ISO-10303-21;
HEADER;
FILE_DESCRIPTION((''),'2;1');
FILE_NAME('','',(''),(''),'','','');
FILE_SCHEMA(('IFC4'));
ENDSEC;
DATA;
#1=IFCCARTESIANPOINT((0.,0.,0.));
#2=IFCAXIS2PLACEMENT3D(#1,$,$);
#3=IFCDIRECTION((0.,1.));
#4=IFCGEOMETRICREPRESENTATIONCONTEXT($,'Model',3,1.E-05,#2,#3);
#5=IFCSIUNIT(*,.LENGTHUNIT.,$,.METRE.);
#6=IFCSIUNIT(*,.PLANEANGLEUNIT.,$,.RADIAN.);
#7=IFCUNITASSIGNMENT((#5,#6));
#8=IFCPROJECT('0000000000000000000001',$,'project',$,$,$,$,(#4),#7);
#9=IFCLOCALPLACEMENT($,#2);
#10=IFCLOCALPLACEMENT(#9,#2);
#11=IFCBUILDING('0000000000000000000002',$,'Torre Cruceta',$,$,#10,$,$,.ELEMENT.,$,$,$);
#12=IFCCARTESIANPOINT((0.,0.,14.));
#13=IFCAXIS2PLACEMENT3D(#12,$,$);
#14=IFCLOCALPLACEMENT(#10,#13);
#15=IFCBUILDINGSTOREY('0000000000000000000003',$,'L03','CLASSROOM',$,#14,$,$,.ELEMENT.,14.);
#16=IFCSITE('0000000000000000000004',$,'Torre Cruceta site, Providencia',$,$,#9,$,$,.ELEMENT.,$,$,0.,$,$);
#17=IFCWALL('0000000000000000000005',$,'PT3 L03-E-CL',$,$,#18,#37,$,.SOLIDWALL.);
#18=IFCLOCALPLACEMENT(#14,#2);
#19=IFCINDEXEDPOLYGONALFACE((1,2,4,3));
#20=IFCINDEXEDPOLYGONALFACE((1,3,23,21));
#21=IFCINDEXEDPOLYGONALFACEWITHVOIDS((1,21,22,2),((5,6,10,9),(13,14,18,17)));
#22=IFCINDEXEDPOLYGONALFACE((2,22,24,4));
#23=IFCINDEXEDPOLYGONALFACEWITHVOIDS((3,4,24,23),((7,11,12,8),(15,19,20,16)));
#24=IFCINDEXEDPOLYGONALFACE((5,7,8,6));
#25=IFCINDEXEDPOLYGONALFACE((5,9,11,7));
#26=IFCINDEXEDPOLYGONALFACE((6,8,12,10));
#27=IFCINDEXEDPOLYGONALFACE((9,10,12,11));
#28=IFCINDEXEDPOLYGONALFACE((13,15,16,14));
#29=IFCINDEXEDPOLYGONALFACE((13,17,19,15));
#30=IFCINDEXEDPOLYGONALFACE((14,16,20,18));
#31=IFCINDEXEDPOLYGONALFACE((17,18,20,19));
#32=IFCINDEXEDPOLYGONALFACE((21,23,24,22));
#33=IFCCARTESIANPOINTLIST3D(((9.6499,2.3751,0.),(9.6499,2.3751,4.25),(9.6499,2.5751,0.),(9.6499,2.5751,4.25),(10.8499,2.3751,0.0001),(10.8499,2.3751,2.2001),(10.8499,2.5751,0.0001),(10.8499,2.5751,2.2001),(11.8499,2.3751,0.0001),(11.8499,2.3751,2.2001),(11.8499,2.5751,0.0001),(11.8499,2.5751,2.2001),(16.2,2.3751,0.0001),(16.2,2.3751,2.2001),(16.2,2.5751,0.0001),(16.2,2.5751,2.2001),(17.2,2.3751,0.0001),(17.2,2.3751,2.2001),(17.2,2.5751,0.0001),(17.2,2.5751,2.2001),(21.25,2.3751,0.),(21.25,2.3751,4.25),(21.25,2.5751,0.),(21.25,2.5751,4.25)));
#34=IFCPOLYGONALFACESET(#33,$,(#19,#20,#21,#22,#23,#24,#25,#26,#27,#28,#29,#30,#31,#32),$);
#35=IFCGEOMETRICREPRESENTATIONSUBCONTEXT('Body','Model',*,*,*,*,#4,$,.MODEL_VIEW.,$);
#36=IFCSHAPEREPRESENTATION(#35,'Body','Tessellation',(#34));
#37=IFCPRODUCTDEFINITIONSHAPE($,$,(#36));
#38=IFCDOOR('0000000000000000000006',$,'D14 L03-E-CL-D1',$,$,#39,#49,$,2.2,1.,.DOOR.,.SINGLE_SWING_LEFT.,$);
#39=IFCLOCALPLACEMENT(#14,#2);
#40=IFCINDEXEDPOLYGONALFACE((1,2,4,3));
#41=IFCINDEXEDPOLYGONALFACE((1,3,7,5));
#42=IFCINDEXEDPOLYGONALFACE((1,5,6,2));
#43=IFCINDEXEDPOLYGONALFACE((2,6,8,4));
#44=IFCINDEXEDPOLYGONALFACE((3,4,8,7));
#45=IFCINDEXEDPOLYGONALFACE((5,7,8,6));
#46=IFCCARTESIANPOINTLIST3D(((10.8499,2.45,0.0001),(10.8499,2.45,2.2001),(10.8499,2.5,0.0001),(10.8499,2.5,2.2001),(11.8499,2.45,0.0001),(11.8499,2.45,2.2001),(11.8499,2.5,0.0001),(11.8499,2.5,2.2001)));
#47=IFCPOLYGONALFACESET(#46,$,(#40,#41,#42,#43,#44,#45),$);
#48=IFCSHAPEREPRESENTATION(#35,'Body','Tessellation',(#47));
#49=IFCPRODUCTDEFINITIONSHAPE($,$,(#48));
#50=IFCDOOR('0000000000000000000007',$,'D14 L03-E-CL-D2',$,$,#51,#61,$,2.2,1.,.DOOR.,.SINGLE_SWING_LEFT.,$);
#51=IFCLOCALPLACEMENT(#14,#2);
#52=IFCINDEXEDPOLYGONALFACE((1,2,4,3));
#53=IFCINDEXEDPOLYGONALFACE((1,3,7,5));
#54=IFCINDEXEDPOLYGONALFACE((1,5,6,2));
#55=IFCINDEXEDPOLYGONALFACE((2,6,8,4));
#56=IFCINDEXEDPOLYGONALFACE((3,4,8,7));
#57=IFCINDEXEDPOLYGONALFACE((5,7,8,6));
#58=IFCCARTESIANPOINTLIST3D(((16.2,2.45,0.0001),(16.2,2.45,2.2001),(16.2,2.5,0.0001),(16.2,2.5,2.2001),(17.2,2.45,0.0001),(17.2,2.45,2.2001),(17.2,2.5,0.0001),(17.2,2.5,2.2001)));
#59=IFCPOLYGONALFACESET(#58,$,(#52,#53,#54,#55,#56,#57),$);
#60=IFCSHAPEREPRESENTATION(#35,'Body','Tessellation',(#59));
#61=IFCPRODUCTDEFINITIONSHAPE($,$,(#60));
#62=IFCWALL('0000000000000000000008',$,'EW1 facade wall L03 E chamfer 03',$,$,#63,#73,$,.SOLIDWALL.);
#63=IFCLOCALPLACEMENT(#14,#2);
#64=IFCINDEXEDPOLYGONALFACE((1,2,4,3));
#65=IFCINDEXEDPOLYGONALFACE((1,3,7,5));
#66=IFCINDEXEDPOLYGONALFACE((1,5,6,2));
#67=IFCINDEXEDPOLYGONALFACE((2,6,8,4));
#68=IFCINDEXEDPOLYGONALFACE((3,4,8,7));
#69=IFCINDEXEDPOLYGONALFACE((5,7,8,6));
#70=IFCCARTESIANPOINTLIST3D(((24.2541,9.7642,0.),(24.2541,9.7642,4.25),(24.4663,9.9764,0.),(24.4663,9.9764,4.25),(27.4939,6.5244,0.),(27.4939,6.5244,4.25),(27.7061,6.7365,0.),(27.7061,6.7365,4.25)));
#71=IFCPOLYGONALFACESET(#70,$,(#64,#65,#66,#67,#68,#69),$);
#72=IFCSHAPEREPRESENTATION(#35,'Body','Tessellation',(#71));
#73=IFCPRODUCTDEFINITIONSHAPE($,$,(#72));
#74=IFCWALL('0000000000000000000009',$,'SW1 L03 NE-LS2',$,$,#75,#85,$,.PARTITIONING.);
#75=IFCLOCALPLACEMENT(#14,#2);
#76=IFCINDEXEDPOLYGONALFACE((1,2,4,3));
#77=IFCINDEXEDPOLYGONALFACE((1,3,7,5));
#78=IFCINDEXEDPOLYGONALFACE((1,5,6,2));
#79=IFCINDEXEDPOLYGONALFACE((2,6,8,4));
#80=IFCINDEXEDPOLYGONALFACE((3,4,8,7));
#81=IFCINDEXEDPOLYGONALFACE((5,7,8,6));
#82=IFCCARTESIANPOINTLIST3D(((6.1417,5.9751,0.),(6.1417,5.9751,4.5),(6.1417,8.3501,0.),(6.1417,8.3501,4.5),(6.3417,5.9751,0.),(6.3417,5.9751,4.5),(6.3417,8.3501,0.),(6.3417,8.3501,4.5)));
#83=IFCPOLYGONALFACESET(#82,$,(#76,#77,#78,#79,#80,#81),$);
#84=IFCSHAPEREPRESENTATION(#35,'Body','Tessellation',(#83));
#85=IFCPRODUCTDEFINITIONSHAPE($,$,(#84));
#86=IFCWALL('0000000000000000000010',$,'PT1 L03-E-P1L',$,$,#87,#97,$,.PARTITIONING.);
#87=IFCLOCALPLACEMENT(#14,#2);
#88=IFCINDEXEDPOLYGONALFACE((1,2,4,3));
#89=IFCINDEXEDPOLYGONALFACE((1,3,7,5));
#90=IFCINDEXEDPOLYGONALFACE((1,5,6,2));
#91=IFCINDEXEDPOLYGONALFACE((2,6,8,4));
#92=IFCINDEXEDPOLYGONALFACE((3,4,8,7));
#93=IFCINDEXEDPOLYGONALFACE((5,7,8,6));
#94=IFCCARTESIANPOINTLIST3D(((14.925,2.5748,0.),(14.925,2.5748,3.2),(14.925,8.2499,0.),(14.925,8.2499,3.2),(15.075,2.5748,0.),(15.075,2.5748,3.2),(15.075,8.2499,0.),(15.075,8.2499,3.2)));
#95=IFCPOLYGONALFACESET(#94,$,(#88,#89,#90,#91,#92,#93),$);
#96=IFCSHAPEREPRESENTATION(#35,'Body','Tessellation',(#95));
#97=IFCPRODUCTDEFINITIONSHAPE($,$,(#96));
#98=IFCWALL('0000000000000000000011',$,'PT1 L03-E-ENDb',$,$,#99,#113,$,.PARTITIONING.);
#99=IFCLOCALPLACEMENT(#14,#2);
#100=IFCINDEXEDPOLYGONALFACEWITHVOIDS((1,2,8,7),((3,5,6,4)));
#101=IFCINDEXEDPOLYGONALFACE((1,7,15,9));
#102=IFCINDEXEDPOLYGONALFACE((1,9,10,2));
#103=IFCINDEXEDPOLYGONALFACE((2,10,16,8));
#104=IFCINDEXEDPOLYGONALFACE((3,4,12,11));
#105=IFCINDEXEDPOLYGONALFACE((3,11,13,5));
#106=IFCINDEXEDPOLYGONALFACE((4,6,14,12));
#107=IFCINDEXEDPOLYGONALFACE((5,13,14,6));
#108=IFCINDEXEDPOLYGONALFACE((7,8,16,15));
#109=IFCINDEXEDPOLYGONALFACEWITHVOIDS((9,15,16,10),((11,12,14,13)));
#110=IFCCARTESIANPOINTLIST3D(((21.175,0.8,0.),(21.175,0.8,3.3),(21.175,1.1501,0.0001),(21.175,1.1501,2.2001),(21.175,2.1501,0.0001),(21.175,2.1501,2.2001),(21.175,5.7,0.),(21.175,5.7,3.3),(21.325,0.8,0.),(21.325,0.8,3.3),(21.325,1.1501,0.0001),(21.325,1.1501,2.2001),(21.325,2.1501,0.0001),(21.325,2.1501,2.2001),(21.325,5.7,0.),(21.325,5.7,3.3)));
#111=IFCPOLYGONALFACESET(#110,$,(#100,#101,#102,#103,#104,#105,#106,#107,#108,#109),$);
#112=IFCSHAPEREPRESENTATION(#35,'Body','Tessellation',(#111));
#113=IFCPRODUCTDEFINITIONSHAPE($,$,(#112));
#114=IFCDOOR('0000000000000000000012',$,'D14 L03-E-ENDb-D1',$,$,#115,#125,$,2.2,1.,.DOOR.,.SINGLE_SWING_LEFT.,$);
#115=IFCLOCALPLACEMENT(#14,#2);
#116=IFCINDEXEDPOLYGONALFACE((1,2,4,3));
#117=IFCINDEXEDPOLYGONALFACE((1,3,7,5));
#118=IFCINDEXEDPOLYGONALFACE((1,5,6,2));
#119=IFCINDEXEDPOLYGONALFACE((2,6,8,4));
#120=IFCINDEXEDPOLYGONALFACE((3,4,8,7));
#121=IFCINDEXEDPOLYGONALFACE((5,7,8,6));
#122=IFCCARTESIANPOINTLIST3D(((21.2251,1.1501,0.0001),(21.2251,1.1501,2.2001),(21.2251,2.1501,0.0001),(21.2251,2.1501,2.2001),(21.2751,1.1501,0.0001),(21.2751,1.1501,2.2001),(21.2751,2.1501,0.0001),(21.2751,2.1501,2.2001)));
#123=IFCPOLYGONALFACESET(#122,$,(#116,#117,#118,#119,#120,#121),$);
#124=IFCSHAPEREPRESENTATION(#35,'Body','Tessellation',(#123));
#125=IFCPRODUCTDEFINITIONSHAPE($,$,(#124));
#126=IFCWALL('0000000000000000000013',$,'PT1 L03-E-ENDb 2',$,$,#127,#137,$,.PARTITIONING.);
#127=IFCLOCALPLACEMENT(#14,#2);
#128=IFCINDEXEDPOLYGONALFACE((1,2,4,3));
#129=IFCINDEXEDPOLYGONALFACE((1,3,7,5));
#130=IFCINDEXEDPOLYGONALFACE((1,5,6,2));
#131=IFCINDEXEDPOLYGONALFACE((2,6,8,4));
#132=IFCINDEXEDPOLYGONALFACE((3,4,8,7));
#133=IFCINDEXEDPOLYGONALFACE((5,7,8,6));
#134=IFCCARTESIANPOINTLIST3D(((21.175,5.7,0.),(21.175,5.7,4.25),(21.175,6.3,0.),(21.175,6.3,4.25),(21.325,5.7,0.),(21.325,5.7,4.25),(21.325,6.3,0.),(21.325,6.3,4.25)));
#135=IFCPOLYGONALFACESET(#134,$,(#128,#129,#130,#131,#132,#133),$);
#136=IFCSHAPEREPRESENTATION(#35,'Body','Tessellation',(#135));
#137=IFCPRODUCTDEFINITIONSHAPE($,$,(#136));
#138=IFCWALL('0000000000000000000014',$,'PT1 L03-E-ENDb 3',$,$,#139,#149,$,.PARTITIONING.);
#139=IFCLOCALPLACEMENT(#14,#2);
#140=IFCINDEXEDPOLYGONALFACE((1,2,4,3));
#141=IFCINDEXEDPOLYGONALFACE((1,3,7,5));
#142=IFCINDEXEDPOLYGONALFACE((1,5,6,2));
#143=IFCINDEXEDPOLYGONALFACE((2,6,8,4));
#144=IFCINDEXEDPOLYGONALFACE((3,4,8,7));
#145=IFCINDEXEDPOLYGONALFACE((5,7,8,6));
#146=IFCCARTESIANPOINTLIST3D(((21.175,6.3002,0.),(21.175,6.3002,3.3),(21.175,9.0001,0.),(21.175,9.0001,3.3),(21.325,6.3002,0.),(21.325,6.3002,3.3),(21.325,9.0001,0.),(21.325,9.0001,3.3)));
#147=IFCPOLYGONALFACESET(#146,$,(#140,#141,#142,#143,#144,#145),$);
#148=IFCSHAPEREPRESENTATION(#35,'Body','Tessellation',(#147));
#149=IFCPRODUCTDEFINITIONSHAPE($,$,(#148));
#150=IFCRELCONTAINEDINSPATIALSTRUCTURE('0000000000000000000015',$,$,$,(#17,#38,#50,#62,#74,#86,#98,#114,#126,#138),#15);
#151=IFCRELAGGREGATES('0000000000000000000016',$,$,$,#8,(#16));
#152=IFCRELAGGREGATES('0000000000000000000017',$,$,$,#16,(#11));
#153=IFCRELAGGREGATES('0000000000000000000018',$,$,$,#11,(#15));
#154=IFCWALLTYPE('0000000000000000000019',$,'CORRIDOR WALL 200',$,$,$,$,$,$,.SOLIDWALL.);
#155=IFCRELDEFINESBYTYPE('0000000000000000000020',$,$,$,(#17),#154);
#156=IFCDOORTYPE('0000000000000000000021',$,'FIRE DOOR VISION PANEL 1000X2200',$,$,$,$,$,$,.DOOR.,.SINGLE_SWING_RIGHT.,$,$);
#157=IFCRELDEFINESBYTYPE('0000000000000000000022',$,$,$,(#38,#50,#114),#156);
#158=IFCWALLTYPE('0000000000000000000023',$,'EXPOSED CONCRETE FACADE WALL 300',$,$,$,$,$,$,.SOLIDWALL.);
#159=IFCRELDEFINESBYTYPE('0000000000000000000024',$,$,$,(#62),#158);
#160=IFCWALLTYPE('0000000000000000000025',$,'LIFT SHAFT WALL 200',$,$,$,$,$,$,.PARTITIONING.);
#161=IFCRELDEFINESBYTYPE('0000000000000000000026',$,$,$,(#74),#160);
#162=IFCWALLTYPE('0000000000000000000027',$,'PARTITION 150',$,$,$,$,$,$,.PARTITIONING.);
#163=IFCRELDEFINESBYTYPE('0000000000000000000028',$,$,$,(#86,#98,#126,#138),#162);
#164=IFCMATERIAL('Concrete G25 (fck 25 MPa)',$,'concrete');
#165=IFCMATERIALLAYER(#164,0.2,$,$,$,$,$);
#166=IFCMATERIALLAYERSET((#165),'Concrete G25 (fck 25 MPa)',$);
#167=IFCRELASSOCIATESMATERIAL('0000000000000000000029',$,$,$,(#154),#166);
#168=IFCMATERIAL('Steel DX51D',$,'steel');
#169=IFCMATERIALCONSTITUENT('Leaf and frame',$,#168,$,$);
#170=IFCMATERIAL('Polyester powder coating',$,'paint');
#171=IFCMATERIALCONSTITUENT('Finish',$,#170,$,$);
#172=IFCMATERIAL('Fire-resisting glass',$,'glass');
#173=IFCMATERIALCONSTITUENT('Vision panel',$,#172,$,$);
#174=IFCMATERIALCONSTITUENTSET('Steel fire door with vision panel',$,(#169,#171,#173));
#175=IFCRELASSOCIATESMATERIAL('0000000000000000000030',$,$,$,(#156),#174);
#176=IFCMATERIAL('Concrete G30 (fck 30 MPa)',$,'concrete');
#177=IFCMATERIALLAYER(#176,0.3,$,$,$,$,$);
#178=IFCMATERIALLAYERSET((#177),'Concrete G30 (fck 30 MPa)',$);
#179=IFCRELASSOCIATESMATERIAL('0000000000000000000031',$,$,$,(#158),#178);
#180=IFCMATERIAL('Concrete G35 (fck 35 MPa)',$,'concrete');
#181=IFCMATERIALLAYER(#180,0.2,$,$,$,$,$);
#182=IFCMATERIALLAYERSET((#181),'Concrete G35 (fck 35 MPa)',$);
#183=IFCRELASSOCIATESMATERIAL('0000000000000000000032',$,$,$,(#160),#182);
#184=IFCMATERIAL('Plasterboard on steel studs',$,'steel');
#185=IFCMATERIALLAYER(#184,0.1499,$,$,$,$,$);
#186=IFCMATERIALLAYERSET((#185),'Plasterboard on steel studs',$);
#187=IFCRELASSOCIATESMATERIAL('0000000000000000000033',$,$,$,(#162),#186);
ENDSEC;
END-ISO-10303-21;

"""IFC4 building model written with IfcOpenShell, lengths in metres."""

from ifc_helpers import new_model, si_unit, direction, frame, frame_2d, origin, place, context, subcontext, project, spatial, rectangle, extrude, material, layer, layer_set, constituent, constituent_set, type_object, element, fill, save


model = new_model("IFC4")

# Units and contexts
model_context = context("Model", 3, precision=1e-05, world=origin(), true_north=direction((0.0, 1.0)))
body_context = subcontext(model_context, "Body", "Model", "MODEL_VIEW")
ifc_project = project(units=[si_unit("LENGTHUNIT", "METRE"), si_unit("PLANEANGLEUNIT", "RADIAN")], contexts=[model_context])

# Site, building, storey
site_placement = place(None, origin())
site = spatial("IfcSite", under=ifc_project, at=site_placement, Name="Torre Cruceta site, Providencia", CompositionType="ELEMENT", RefElevation=0.0)
building_placement = place(site_placement, origin())
building = spatial("IfcBuilding", under=site, at=building_placement, Name="Torre Cruceta", CompositionType="ELEMENT")
storey_placement = place(building_placement, frame((0.0, 0.0, 14.0)))
storey = spatial("IfcBuildingStorey", under=building, at=storey_placement, Name="L03", Description="CLASSROOM", CompositionType="ELEMENT", Elevation=14.0)

# Wall, openings, doors
ifc_material_1 = material(Name="Concrete G25 (fck 25 MPa)", Category="concrete")
ifc_layer_1 = layer(ifc_material_1, 0.2)
ifc_layer_set_1 = layer_set([ifc_layer_1], Name="Concrete G25 (fck 25 MPa)")
wall_type_1 = type_object("IfcWallType", Name="CORRIDOR WALL 200", PredefinedType="SOLIDWALL", material=ifc_layer_set_1)
wall_1_placement = place(storey_placement, frame((9.6499, 2.4751, 0.0), z_axis=(0.0, 0.0, 1.0), x_axis=(1.0, 0.0, 0.0)))
wall_1 = element("IfcWall", 1, at=wall_1_placement, inside=storey, type_object=wall_type_1, Name="PT3 L03-E-CL", PredefinedType="SOLIDWALL", context=body_context, shape_type="SweptSolid", body=[
    extrude(rectangle(XDim=11.6001, YDim=0.2, at=frame_2d((5.8, 0.0))), origin(), (0.0, 0.0, 1.0), 4.25),
])
opening_1_placement = place(wall_1_placement, frame((1.2, 0.0, 0.0)))
opening_1 = element("IfcOpeningElement", 2, at=opening_1_placement, cuts=wall_1, PredefinedType="OPENING", context=body_context, shape_type="SweptSolid", body=[
    extrude(rectangle(XDim=1.0, YDim=2.2, at=frame_2d((0.5, 1.1001))), frame((0.0, 0.1099, 0.0), z_axis=(0.0, -1.0, 0.0), x_axis=(1.0, 0.0, 0.0)), (0.0, 0.0, 1.0), 0.22),
])
opening_2_placement = place(wall_1_placement, frame((6.55, 0.0, 0.0)))
opening_2 = element("IfcOpeningElement", 3, at=opening_2_placement, cuts=wall_1, PredefinedType="OPENING", context=body_context, shape_type="SweptSolid", body=[
    extrude(rectangle(XDim=1.0, YDim=2.2, at=frame_2d((0.5, 1.1001))), frame((0.0, 0.1099, 0.0), z_axis=(0.0, -1.0, 0.0), x_axis=(1.0, 0.0, 0.0)), (0.0, 0.0, 1.0), 0.22),
])
ifc_material_2 = material(Name="Steel DX51D", Category="steel")
ifc_constituent_1 = constituent(ifc_material_2, Name="Leaf and frame")
ifc_material_3 = material(Name="Polyester powder coating", Category="paint")
ifc_constituent_2 = constituent(ifc_material_3, Name="Finish")
ifc_material_4 = material(Name="Fire-resisting glass", Category="glass")
ifc_constituent_3 = constituent(ifc_material_4, Name="Vision panel")
ifc_constituent_set_1 = constituent_set(constituents=[ifc_constituent_1, ifc_constituent_2, ifc_constituent_3], Name="Steel fire door with vision panel")
door_type_1 = type_object("IfcDoorType", Name="FIRE DOOR VISION PANEL 1000X2200", OperationType="SINGLE_SWING_RIGHT", PredefinedType="DOOR", material=ifc_constituent_set_1)
door_1_placement = place(opening_1_placement, origin())
door_1 = element("IfcDoor", 4, at=door_1_placement, inside=storey, type_object=door_type_1, Name="D14 L03-E-CL-D1", OperationType="SINGLE_SWING_LEFT", OverallHeight=2.2, OverallWidth=1.0, PredefinedType="DOOR", context=body_context, shape_type="SweptSolid", body=[
    extrude(rectangle(XDim=1.0, YDim=2.2, at=frame_2d((0.5, 1.1001))), frame((0.0, 0.0249, 0.0), z_axis=(0.0, -1.0, 0.0), x_axis=(1.0, 0.0, 0.0)), (0.0, 0.0, 1.0), 0.05),
])
fill(opening_1, door_1)
door_2_placement = place(opening_2_placement, origin())
door_2 = element("IfcDoor", 5, at=door_2_placement, inside=storey, type_object=door_type_1, Name="D14 L03-E-CL-D2", OperationType="SINGLE_SWING_LEFT", OverallHeight=2.2, OverallWidth=1.0, PredefinedType="DOOR", context=body_context, shape_type="SweptSolid", body=[
    extrude(rectangle(XDim=1.0, YDim=2.2, at=frame_2d((0.5, 1.1001))), frame((0.0, 0.0249, 0.0), z_axis=(0.0, -1.0, 0.0), x_axis=(1.0, 0.0, 0.0)), (0.0, 0.0, 1.0), 0.05),
])
fill(opening_2, door_2)

# Walls
ifc_material_5 = material(Name="Concrete G30 (fck 30 MPa)", Category="concrete")
ifc_layer_2 = layer(ifc_material_5, 0.3)
ifc_layer_set_2 = layer_set([ifc_layer_2], Name="Concrete G30 (fck 30 MPa)")
wall_type_2 = type_object("IfcWallType", Name="EXPOSED CONCRETE FACADE WALL 300", PredefinedType="SOLIDWALL", material=ifc_layer_set_2)
wall_2_placement = place(storey_placement, frame((27.6001, 6.6304, 0.0), z_axis=(0.0, 0.0, 1.0), x_axis=(-0.707107, 0.707107, 0.0)))
element("IfcWall", 6, at=wall_2_placement, inside=storey, type_object=wall_type_2, Name="EW1 facade wall L03 E chamfer 03", PredefinedType="SOLIDWALL", context=body_context, shape_type="SweptSolid", body=[
    extrude(rectangle(XDim=4.5818, YDim=0.3, at=frame_2d((2.291, 0.0))), origin(), (0.0, 0.0, 1.0), 4.25),
])
ifc_material_6 = material(Name="Concrete G35 (fck 35 MPa)", Category="concrete")
ifc_layer_3 = layer(ifc_material_6, 0.2)
ifc_layer_set_3 = layer_set([ifc_layer_3], Name="Concrete G35 (fck 35 MPa)")
wall_type_3 = type_object("IfcWallType", Name="LIFT SHAFT WALL 200", PredefinedType="PARTITIONING", material=ifc_layer_set_3)
wall_3_placement = place(storey_placement, frame((6.2417, 5.9751, 0.0), z_axis=(0.0, 0.0, 1.0), x_axis=(0.0, 1.0, 0.0)))
element("IfcWall", 7, at=wall_3_placement, inside=storey, type_object=wall_type_3, Name="SW1 L03 NE-LS2", PredefinedType="PARTITIONING", context=body_context, shape_type="SweptSolid", body=[
    extrude(rectangle(XDim=2.375, YDim=0.2, at=frame_2d((1.1875, 0.0))), origin(), (0.0, 0.0, 1.0), 4.5),
])
ifc_material_7 = material(Name="Plasterboard on steel studs", Category="steel")
ifc_layer_4 = layer(ifc_material_7, 0.1499)
ifc_layer_set_4 = layer_set([ifc_layer_4], Name="Plasterboard on steel studs")
wall_type_4 = type_object("IfcWallType", Name="PARTITION 150", PredefinedType="PARTITIONING", material=ifc_layer_set_4)
wall_4_placement = place(storey_placement, frame((15.0, 2.575, 0.0), z_axis=(0.0, 0.0, 1.0), x_axis=(0.0, 1.0, 0.0)))
element("IfcWall", 8, at=wall_4_placement, inside=storey, type_object=wall_type_4, Name="PT1 L03-E-P1L", PredefinedType="PARTITIONING", context=body_context, shape_type="SweptSolid", body=[
    extrude(rectangle(XDim=5.675, YDim=0.1499, at=frame_2d((2.8374, 0.0))), origin(), (0.0, 0.0, 1.0), 3.2),
])

# Wall, opening, door
wall_5_placement = place(storey_placement, frame((21.25, 0.8, 0.0), z_axis=(0.0, 0.0, 1.0), x_axis=(0.0, 1.0, 0.0)))
wall_5 = element("IfcWall", 9, at=wall_5_placement, inside=storey, type_object=wall_type_4, Name="PT1 L03-E-ENDb", PredefinedType="PARTITIONING", context=body_context, shape_type="SweptSolid", body=[
    extrude(rectangle(XDim=4.8999, YDim=0.1499, at=frame_2d((2.45, 0.0))), origin(), (0.0, 0.0, 1.0), 3.3),
])
opening_3_placement = place(wall_5_placement, frame((0.3501, 0.0, 0.0)))
opening_3 = element("IfcOpeningElement", 10, at=opening_3_placement, cuts=wall_5, PredefinedType="OPENING", context=body_context, shape_type="SweptSolid", body=[
    extrude(rectangle(XDim=1.0, YDim=2.2, at=frame_2d((0.5, 1.1001))), frame((0.0, 0.085, 0.0), z_axis=(0.0, -1.0, 0.0), x_axis=(1.0, 0.0, 0.0)), (0.0, 0.0, 1.0), 0.1699),
])
door_3_placement = place(opening_3_placement, frame((1.0, 0.0, 0.0), z_axis=(0.0, 0.0, 1.0), x_axis=(-1.0, 0.0, 0.0)))
door_3 = element("IfcDoor", 11, at=door_3_placement, inside=storey, type_object=door_type_1, Name="D14 L03-E-ENDb-D1", OperationType="SINGLE_SWING_LEFT", OverallHeight=2.2, OverallWidth=1.0, PredefinedType="DOOR", context=body_context, shape_type="SweptSolid", body=[
    extrude(rectangle(XDim=1.0, YDim=2.2, at=frame_2d((0.5, 1.1001))), frame((0.0, 0.0251, 0.0), z_axis=(0.0, -1.0, 0.0), x_axis=(1.0, 0.0, 0.0)), (0.0, 0.0, 1.0), 0.05),
])
fill(opening_3, door_3)

# Walls
wall_6_placement = place(storey_placement, frame((21.25, 5.7, 0.0), z_axis=(0.0, 0.0, 1.0), x_axis=(0.0, 1.0, 0.0)))
element("IfcWall", 12, at=wall_6_placement, inside=storey, type_object=wall_type_4, Name="PT1 L03-E-ENDb 2", PredefinedType="PARTITIONING", context=body_context, shape_type="SweptSolid", body=[
    extrude(rectangle(XDim=0.6001, YDim=0.1499, at=frame_2d((0.3, 0.0))), origin(), (0.0, 0.0, 1.0), 4.25),
])
wall_7_placement = place(storey_placement, frame((21.25, 6.3, 0.0), z_axis=(0.0, 0.0, 1.0), x_axis=(0.0, 1.0, 0.0)))
element("IfcWall", 13, at=wall_7_placement, inside=storey, type_object=wall_type_4, Name="PT1 L03-E-ENDb 3", PredefinedType="PARTITIONING", context=body_context, shape_type="SweptSolid", body=[
    extrude(rectangle(XDim=2.7, YDim=0.1499, at=frame_2d((1.3501, 0.0))), origin(), (0.0, 0.0, 1.0), 3.3),
])

save(model, "model.ifc")
